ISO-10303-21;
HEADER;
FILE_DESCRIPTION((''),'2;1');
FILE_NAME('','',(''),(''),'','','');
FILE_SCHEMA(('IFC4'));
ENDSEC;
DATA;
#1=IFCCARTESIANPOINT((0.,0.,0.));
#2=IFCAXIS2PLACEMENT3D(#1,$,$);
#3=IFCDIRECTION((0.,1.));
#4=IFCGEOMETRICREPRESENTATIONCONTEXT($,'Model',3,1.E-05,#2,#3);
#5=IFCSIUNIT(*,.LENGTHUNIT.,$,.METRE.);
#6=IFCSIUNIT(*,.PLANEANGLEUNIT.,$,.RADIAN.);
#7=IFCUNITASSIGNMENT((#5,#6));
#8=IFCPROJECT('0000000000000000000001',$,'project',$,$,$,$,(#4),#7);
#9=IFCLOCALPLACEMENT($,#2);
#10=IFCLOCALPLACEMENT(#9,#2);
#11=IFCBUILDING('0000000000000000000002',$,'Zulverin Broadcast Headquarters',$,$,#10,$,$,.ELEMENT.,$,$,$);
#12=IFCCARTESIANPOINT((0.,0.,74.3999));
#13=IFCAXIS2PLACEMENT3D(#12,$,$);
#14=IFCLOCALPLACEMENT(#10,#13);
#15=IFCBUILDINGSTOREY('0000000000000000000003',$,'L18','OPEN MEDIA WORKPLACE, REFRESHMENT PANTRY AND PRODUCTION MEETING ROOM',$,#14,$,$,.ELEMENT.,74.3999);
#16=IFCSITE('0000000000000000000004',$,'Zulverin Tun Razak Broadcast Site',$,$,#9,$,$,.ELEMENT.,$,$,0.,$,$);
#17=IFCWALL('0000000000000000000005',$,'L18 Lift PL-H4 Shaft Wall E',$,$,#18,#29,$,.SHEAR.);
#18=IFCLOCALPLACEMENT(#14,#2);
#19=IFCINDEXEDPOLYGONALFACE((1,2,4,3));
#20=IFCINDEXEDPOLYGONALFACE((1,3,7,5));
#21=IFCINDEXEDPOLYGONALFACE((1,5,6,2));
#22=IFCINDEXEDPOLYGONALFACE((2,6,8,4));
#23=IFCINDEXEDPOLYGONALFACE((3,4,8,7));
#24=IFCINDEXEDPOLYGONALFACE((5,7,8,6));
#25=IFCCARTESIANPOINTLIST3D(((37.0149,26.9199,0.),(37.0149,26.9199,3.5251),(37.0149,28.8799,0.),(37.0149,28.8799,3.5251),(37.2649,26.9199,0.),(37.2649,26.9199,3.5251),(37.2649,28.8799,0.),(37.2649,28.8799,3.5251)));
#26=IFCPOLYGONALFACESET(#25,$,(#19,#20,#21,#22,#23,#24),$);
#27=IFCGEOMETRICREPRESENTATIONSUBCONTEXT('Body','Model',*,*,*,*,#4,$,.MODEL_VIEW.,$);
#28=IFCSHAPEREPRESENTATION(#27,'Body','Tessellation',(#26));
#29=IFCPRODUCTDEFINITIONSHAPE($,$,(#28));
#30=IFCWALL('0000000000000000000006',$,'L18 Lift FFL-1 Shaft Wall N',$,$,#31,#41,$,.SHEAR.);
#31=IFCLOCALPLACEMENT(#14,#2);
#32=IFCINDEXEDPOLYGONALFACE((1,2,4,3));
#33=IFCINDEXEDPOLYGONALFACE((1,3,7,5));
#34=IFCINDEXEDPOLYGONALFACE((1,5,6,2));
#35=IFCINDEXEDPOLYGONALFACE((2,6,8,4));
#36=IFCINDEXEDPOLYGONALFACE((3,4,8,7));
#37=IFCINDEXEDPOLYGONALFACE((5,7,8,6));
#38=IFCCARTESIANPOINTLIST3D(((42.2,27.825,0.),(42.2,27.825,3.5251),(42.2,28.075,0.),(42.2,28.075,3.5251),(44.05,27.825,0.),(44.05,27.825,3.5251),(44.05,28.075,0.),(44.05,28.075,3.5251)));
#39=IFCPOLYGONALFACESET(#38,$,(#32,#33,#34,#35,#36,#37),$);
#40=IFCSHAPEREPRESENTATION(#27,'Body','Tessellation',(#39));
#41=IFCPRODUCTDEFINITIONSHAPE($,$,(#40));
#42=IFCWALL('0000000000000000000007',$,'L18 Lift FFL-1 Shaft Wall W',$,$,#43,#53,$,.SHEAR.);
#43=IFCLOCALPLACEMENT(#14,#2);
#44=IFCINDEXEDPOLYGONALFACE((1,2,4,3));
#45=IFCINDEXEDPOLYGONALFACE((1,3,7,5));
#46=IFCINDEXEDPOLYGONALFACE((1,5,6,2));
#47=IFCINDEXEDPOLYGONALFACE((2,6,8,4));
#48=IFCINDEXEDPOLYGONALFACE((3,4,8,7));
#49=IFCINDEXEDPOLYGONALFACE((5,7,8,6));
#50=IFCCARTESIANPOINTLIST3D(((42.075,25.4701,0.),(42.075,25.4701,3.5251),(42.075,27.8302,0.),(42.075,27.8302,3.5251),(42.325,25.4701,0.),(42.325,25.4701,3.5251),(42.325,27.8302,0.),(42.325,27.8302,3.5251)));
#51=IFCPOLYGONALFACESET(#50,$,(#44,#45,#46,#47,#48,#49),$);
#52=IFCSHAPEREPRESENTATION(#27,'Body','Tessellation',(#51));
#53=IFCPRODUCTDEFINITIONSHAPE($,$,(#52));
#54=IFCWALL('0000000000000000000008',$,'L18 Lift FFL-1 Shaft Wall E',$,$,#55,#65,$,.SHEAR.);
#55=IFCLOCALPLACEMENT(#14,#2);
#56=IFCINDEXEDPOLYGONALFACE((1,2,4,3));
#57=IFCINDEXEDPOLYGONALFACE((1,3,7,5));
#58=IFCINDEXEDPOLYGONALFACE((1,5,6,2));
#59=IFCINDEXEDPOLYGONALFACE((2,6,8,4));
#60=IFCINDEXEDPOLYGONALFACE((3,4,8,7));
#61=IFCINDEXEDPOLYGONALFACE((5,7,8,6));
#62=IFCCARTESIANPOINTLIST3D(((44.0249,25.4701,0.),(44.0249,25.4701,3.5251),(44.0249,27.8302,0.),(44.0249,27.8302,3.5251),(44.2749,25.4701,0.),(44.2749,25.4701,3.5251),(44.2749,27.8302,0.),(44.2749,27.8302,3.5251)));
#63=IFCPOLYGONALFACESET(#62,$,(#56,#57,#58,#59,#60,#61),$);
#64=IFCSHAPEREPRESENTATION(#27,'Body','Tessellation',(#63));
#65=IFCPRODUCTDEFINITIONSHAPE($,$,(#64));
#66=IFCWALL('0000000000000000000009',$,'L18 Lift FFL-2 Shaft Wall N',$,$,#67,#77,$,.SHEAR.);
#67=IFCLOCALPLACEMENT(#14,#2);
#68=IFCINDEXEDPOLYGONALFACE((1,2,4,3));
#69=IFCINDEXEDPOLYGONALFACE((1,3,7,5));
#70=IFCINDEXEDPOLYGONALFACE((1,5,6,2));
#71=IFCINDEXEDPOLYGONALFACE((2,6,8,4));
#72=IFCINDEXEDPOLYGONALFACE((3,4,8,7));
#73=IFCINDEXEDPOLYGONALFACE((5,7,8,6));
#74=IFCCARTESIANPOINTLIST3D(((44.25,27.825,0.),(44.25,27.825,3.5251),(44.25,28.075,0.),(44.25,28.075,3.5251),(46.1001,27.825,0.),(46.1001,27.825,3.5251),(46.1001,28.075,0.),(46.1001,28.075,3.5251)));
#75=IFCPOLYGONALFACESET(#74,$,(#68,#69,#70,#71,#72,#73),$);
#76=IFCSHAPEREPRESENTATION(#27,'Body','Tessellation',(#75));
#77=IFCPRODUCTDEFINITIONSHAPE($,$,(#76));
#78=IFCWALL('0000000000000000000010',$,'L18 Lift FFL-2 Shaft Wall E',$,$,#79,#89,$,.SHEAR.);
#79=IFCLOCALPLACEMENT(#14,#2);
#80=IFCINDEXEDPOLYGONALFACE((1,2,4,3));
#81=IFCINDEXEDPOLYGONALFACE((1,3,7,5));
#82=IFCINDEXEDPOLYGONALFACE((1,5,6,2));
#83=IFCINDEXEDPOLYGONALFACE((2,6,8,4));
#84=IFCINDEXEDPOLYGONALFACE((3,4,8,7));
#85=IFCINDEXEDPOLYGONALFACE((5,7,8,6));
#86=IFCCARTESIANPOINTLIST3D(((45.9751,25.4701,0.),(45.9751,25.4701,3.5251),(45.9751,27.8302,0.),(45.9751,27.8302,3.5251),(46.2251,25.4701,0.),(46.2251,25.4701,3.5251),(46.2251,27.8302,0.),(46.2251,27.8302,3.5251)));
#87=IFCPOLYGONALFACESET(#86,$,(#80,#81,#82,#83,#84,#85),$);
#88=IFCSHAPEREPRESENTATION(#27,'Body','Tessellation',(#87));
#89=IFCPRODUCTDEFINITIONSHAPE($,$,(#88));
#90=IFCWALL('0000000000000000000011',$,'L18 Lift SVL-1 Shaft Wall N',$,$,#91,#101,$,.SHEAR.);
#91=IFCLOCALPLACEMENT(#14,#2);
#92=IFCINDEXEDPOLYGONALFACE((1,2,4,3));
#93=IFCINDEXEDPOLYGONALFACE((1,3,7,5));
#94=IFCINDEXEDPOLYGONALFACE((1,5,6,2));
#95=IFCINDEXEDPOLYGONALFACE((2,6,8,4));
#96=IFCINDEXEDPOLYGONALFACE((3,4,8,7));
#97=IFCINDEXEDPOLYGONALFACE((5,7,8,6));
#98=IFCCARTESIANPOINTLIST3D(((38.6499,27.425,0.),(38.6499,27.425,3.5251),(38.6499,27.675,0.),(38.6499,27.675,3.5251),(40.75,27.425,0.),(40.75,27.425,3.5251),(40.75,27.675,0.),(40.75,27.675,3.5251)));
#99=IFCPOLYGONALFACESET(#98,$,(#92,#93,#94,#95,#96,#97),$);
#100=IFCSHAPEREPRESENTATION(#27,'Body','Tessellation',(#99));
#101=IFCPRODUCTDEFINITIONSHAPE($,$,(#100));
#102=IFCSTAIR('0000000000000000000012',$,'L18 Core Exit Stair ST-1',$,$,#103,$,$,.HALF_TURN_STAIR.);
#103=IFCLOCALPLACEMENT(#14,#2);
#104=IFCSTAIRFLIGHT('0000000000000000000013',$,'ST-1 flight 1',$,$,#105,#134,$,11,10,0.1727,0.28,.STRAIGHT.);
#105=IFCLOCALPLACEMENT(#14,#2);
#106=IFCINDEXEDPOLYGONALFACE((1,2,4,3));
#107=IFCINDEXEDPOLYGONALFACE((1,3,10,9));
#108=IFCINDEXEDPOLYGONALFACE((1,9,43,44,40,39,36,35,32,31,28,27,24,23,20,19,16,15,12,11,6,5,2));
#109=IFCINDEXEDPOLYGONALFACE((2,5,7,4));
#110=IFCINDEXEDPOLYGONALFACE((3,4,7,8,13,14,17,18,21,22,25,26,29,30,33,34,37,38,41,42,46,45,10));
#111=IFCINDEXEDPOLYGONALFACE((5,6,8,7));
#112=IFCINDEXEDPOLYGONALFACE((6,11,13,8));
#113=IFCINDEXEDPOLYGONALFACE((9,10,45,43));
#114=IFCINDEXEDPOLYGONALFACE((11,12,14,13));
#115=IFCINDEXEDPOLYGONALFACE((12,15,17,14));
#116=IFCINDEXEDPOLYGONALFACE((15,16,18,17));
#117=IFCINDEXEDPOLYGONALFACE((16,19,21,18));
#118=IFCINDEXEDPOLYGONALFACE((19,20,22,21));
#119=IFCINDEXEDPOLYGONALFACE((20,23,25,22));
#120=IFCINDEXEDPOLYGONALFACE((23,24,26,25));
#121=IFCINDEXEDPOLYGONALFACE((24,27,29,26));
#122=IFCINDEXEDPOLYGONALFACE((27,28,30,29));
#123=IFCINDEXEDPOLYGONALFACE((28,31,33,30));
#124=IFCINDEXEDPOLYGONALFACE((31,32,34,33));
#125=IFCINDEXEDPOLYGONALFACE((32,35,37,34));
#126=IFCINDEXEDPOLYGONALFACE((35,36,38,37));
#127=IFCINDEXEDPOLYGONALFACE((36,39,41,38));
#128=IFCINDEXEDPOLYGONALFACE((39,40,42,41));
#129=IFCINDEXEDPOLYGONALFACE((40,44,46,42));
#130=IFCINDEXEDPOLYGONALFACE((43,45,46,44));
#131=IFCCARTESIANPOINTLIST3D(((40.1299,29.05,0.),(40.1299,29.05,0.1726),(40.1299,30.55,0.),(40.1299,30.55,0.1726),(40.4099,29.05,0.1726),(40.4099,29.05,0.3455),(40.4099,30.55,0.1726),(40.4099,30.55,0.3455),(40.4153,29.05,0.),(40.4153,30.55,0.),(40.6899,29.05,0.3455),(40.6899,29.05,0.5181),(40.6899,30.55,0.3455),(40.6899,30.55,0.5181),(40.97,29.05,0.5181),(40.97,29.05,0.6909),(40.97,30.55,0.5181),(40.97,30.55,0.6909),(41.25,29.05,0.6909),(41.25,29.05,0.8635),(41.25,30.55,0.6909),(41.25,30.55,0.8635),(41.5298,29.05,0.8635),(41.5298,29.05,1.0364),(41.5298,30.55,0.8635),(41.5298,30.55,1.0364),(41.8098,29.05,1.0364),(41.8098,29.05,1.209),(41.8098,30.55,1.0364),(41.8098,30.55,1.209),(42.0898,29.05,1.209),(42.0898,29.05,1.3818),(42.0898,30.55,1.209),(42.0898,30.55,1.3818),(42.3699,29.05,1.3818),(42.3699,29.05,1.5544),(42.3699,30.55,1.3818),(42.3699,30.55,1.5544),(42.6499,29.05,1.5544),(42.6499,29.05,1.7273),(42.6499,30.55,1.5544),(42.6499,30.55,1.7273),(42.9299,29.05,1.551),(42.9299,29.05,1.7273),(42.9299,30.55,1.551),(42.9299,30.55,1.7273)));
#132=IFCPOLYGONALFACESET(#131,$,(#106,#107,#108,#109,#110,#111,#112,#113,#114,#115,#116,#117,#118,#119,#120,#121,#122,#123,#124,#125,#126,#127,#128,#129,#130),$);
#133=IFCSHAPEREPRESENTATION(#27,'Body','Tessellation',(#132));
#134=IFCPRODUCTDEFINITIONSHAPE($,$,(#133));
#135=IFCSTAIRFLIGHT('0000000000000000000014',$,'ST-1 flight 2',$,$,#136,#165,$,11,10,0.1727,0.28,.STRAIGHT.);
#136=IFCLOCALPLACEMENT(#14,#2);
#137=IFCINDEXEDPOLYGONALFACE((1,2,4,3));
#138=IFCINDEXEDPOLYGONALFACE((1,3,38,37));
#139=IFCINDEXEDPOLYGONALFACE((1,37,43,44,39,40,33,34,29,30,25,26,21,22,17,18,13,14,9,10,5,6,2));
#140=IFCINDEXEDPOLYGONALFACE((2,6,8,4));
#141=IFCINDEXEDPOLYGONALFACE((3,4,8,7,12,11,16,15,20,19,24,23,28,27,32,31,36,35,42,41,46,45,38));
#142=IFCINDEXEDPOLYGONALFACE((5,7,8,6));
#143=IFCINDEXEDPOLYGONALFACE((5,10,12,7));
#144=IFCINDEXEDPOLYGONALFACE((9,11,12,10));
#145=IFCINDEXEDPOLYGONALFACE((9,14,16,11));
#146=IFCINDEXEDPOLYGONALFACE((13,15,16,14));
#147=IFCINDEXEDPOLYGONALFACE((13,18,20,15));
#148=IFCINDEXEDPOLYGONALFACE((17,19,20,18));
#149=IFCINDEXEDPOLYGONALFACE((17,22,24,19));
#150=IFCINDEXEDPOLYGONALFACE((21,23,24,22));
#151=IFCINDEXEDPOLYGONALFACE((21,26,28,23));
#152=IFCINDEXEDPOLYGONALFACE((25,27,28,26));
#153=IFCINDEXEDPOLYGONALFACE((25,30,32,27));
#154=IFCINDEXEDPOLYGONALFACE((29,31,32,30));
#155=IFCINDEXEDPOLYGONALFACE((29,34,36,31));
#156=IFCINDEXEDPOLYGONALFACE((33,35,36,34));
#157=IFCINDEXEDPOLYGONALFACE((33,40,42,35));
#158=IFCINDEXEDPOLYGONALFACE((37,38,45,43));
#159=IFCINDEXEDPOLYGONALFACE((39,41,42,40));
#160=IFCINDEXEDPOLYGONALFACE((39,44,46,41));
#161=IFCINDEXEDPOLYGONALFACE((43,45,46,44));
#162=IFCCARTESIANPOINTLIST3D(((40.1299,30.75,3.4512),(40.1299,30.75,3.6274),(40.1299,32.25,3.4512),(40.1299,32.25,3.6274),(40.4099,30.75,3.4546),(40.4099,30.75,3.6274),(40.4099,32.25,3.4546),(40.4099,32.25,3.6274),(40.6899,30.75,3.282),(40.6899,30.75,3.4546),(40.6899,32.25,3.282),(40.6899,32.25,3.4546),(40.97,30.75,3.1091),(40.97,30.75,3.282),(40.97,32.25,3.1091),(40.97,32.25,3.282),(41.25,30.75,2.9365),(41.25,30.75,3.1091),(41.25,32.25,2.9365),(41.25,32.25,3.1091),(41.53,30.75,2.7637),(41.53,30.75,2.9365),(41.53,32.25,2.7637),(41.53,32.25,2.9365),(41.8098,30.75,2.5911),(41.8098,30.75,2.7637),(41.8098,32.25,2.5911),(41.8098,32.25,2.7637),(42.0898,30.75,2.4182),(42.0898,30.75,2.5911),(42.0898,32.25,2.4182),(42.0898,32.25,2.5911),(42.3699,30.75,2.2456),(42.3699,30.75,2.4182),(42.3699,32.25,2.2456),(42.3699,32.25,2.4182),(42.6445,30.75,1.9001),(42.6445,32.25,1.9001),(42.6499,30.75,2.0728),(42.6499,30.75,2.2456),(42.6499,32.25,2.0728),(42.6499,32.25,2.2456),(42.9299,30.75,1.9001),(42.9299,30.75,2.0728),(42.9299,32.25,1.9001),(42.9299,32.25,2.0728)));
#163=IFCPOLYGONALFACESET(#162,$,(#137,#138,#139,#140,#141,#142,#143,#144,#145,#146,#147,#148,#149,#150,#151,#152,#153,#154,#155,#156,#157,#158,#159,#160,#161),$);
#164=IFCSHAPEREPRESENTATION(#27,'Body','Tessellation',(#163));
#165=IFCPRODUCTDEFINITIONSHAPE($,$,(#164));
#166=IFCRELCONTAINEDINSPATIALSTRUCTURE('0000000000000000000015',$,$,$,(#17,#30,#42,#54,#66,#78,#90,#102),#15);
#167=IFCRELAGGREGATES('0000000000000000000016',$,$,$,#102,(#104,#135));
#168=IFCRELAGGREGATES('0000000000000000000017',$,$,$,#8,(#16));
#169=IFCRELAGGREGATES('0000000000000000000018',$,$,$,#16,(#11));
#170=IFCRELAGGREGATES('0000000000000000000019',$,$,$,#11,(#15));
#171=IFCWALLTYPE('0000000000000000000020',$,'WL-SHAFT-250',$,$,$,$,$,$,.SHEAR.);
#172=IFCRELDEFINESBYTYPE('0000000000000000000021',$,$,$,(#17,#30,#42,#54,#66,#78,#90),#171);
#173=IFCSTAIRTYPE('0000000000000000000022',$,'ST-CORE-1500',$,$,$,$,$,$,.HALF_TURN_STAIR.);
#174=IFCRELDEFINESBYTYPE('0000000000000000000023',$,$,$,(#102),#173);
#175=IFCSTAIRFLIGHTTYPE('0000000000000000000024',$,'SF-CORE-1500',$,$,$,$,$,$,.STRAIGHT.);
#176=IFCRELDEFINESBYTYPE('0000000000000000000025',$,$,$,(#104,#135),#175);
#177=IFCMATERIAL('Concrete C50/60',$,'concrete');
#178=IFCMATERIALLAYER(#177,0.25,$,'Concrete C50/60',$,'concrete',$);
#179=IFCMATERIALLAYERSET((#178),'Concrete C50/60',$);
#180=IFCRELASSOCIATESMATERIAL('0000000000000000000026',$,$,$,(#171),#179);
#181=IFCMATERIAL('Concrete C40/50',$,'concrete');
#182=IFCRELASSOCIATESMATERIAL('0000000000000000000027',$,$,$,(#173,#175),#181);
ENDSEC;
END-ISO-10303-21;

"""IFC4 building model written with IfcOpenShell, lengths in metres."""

from ifc_helpers import new_model, si_unit, direction, frame, frame_2d, origin, place, context, subcontext, project, spatial, polyline, rectangle, outline, extrude, material, layer, layer_set, type_object, element, aggregate, save


model = new_model("IFC4")

# Units and contexts
model_context = context("Model", 3, precision=1e-05, world=origin(), true_north=direction((0.0, 1.0)))
body_context = subcontext(model_context, "Body", "Model", "MODEL_VIEW")
ifc_project = project(units=[si_unit("LENGTHUNIT", "METRE"), si_unit("PLANEANGLEUNIT", "RADIAN")], contexts=[model_context])

# Site, building, storey
site_placement = place(None, origin())
site = spatial("IfcSite", under=ifc_project, at=site_placement, Name="Zulverin Tun Razak Broadcast Site", CompositionType="ELEMENT", RefElevation=0.0)
building_placement = place(site_placement, origin())
building = spatial("IfcBuilding", under=site, at=building_placement, Name="Zulverin Broadcast Headquarters", CompositionType="ELEMENT")
storey_placement = place(building_placement, frame((0.0, 0.0, 74.3999)))
storey = spatial("IfcBuildingStorey", under=building, at=storey_placement, Name="L18", Description="OPEN MEDIA WORKPLACE, REFRESHMENT PANTRY AND PRODUCTION MEETING ROOM", CompositionType="ELEMENT", Elevation=74.3999)

# Shared definitions
ifc_material_1 = material(Name="Concrete C50/60", Category="concrete")
ifc_layer_1 = layer(ifc_material_1, 0.25, Name="Concrete C50/60", Category="concrete")
ifc_layer_set_1 = layer_set([ifc_layer_1], Name="Concrete C50/60")
wall_type_1 = type_object("IfcWallType", Name="WL-SHAFT-250", PredefinedType="SHEAR", material=ifc_layer_set_1)

# Walls
wall_1_placement = place(storey_placement, frame((37.1399, 26.9199, 0.0), z_axis=(0.0, 0.0, 1.0), x_axis=(0.0, 1.0, 0.0)))
element("IfcWall", 1, at=wall_1_placement, inside=storey, type_object=wall_type_1, Name="L18 Lift PL-H4 Shaft Wall E", PredefinedType="SHEAR", context=body_context, shape_type="SweptSolid", body=[
    extrude(rectangle(XDim=1.96, YDim=0.25, at=frame_2d((0.98, 0.0))), origin(), (0.0, 0.0, 1.0), 3.5251),
])
wall_2_placement = place(storey_placement, frame((42.2, 27.95, 0.0), z_axis=(0.0, 0.0, 1.0), x_axis=(1.0, 0.0, 0.0)))
element("IfcWall", 2, at=wall_2_placement, inside=storey, type_object=wall_type_1, Name="L18 Lift FFL-1 Shaft Wall N", PredefinedType="SHEAR", context=body_context, shape_type="SweptSolid", body=[
    extrude(rectangle(XDim=1.8501, YDim=0.25, at=frame_2d((0.925, 0.0))), origin(), (0.0, 0.0, 1.0), 3.5251),
])
for number, where, z_axis, x_axis, name in (
    (3, (42.2, 25.47, 0.0), (0.0, 0.0, 1.0), (0.0, 1.0, 0.0), "L18 Lift FFL-1 Shaft Wall W"),
    (4, (44.1499, 25.47, 0.0), (0.0, 0.0, 1.0), (0.0, 1.0, 0.0), "L18 Lift FFL-1 Shaft Wall E"),
):
    element("IfcWall", number, at=place(storey_placement, frame(where, z_axis=z_axis, x_axis=x_axis)), inside=storey, type_object=wall_type_1, Name=name, PredefinedType="SHEAR", context=body_context, shape_type="SweptSolid", body=[
        extrude(rectangle(XDim=2.3601, YDim=0.25, at=frame_2d((1.1802, 0.0))), origin(), (0.0, 0.0, 1.0), 3.5251),
    ])
wall_3_placement = place(storey_placement, frame((44.25, 27.95, 0.0), z_axis=(0.0, 0.0, 1.0), x_axis=(1.0, 0.0, 0.0)))
element("IfcWall", 5, at=wall_3_placement, inside=storey, type_object=wall_type_1, Name="L18 Lift FFL-2 Shaft Wall N", PredefinedType="SHEAR", context=body_context, shape_type="SweptSolid", body=[
    extrude(rectangle(XDim=1.8501, YDim=0.25, at=frame_2d((0.925, 0.0))), origin(), (0.0, 0.0, 1.0), 3.5251),
])
wall_4_placement = place(storey_placement, frame((46.1001, 25.47, 0.0), z_axis=(0.0, 0.0, 1.0), x_axis=(0.0, 1.0, 0.0)))
element("IfcWall", 6, at=wall_4_placement, inside=storey, type_object=wall_type_1, Name="L18 Lift FFL-2 Shaft Wall E", PredefinedType="SHEAR", context=body_context, shape_type="SweptSolid", body=[
    extrude(rectangle(XDim=2.3601, YDim=0.25, at=frame_2d((1.1802, 0.0))), origin(), (0.0, 0.0, 1.0), 3.5251),
])
wall_5_placement = place(storey_placement, frame((38.6499, 27.55, 0.0), z_axis=(0.0, 0.0, 1.0), x_axis=(1.0, 0.0, 0.0)))
element("IfcWall", 7, at=wall_5_placement, inside=storey, type_object=wall_type_1, Name="L18 Lift SVL-1 Shaft Wall N", PredefinedType="SHEAR", context=body_context, shape_type="SweptSolid", body=[
    extrude(rectangle(XDim=2.1001, YDim=0.25, at=frame_2d((1.05, 0.0))), origin(), (0.0, 0.0, 1.0), 3.5251),
])

# Stair, stair flights
ifc_material_2 = material(Name="Concrete C40/50", Category="concrete")
stair_type = type_object("IfcStairType", Name="ST-CORE-1500", PredefinedType="HALF_TURN_STAIR", material=ifc_material_2)
stair_placement = place(storey_placement, origin())
stair = element("IfcStair", 8, at=stair_placement, inside=storey, type_object=stair_type, Name="L18 Core Exit Stair ST-1", PredefinedType="HALF_TURN_STAIR")
stair_flight_type = type_object("IfcStairFlightType", Name="SF-CORE-1500", PredefinedType="STRAIGHT", material=ifc_material_2)
stair_flight_1_placement = place(storey_placement, frame((40.1299, 29.8, 0.0), z_axis=(0.0, 0.0, 1.0), x_axis=(1.0, 0.0, 0.0)))
stair_flight_1 = element("IfcStairFlight", 9, at=stair_flight_1_placement, type_object=stair_flight_type, Name="ST-1 flight 1", NumberOfRisers=11, NumberOfTreads=10, PredefinedType="STRAIGHT", RiserHeight=0.1727, TreadLength=0.28, context=body_context, shape_type="SweptSolid", body=[
    extrude(outline(polyline([(0.0, 0.0), (0.0, 0.1726), (0.28, 0.1726), (0.28, 0.3455), (0.5601, 0.3455), (0.5601, 0.5181), (0.8401, 0.5181), (0.8401, 0.6909), (1.1201, 0.6909), (1.1201, 0.8635), (1.3999, 0.8635), (1.3999, 1.0364), (1.6799, 1.0364), (1.6799, 1.209), (1.96, 1.209), (1.96, 1.3818), (2.24, 1.3818), (2.24, 1.5544), (2.52, 1.5544), (2.52, 1.7273), (2.8, 1.7273), (2.8, 1.8999), (2.8, 1.551), (0.2854, 0.0), (0.0, 0.0)])), frame((0.0, 0.75, 0.0), z_axis=(0.0, -1.0, 0.0), x_axis=(1.0, 0.0, 0.0)), (0.0, 0.0, 1.0), 1.5),
])
stair_flight_2_placement = place(storey_placement, frame((42.9299, 31.5, 1.9001), z_axis=(0.0, 0.0, 1.0), x_axis=(-1.0, 0.0, 0.0)))
stair_flight_2 = element("IfcStairFlight", 10, at=stair_flight_2_placement, type_object=stair_flight_type, Name="ST-1 flight 2", NumberOfRisers=11, NumberOfTreads=10, PredefinedType="STRAIGHT", RiserHeight=0.1727, TreadLength=0.28, context=body_context, shape_type="SweptSolid", body=[
    extrude(outline(polyline([(0.0, 0.0), (0.0, 0.1726), (0.28, 0.1726), (0.28, 0.3455), (0.5601, 0.3455), (0.5601, 0.5181), (0.8401, 0.5181), (0.8401, 0.6909), (1.1201, 0.6909), (1.1201, 0.8635), (1.3999, 0.8635), (1.3999, 1.0364), (1.6799, 1.0364), (1.6799, 1.209), (1.96, 1.209), (1.96, 1.3818), (2.24, 1.3818), (2.24, 1.5544), (2.52, 1.5544), (2.52, 1.7273), (2.8, 1.7273), (2.8, 1.8999), (2.8, 1.551), (0.2854, 0.0), (0.0, 0.0)])), frame((0.0, 0.75, 0.0), z_axis=(0.0, -1.0, 0.0), x_axis=(1.0, 0.0, 0.0)), (0.0, 0.0, 1.0), 1.5),
])
aggregate(stair, [stair_flight_1, stair_flight_2])

save(model, "model.ifc")
